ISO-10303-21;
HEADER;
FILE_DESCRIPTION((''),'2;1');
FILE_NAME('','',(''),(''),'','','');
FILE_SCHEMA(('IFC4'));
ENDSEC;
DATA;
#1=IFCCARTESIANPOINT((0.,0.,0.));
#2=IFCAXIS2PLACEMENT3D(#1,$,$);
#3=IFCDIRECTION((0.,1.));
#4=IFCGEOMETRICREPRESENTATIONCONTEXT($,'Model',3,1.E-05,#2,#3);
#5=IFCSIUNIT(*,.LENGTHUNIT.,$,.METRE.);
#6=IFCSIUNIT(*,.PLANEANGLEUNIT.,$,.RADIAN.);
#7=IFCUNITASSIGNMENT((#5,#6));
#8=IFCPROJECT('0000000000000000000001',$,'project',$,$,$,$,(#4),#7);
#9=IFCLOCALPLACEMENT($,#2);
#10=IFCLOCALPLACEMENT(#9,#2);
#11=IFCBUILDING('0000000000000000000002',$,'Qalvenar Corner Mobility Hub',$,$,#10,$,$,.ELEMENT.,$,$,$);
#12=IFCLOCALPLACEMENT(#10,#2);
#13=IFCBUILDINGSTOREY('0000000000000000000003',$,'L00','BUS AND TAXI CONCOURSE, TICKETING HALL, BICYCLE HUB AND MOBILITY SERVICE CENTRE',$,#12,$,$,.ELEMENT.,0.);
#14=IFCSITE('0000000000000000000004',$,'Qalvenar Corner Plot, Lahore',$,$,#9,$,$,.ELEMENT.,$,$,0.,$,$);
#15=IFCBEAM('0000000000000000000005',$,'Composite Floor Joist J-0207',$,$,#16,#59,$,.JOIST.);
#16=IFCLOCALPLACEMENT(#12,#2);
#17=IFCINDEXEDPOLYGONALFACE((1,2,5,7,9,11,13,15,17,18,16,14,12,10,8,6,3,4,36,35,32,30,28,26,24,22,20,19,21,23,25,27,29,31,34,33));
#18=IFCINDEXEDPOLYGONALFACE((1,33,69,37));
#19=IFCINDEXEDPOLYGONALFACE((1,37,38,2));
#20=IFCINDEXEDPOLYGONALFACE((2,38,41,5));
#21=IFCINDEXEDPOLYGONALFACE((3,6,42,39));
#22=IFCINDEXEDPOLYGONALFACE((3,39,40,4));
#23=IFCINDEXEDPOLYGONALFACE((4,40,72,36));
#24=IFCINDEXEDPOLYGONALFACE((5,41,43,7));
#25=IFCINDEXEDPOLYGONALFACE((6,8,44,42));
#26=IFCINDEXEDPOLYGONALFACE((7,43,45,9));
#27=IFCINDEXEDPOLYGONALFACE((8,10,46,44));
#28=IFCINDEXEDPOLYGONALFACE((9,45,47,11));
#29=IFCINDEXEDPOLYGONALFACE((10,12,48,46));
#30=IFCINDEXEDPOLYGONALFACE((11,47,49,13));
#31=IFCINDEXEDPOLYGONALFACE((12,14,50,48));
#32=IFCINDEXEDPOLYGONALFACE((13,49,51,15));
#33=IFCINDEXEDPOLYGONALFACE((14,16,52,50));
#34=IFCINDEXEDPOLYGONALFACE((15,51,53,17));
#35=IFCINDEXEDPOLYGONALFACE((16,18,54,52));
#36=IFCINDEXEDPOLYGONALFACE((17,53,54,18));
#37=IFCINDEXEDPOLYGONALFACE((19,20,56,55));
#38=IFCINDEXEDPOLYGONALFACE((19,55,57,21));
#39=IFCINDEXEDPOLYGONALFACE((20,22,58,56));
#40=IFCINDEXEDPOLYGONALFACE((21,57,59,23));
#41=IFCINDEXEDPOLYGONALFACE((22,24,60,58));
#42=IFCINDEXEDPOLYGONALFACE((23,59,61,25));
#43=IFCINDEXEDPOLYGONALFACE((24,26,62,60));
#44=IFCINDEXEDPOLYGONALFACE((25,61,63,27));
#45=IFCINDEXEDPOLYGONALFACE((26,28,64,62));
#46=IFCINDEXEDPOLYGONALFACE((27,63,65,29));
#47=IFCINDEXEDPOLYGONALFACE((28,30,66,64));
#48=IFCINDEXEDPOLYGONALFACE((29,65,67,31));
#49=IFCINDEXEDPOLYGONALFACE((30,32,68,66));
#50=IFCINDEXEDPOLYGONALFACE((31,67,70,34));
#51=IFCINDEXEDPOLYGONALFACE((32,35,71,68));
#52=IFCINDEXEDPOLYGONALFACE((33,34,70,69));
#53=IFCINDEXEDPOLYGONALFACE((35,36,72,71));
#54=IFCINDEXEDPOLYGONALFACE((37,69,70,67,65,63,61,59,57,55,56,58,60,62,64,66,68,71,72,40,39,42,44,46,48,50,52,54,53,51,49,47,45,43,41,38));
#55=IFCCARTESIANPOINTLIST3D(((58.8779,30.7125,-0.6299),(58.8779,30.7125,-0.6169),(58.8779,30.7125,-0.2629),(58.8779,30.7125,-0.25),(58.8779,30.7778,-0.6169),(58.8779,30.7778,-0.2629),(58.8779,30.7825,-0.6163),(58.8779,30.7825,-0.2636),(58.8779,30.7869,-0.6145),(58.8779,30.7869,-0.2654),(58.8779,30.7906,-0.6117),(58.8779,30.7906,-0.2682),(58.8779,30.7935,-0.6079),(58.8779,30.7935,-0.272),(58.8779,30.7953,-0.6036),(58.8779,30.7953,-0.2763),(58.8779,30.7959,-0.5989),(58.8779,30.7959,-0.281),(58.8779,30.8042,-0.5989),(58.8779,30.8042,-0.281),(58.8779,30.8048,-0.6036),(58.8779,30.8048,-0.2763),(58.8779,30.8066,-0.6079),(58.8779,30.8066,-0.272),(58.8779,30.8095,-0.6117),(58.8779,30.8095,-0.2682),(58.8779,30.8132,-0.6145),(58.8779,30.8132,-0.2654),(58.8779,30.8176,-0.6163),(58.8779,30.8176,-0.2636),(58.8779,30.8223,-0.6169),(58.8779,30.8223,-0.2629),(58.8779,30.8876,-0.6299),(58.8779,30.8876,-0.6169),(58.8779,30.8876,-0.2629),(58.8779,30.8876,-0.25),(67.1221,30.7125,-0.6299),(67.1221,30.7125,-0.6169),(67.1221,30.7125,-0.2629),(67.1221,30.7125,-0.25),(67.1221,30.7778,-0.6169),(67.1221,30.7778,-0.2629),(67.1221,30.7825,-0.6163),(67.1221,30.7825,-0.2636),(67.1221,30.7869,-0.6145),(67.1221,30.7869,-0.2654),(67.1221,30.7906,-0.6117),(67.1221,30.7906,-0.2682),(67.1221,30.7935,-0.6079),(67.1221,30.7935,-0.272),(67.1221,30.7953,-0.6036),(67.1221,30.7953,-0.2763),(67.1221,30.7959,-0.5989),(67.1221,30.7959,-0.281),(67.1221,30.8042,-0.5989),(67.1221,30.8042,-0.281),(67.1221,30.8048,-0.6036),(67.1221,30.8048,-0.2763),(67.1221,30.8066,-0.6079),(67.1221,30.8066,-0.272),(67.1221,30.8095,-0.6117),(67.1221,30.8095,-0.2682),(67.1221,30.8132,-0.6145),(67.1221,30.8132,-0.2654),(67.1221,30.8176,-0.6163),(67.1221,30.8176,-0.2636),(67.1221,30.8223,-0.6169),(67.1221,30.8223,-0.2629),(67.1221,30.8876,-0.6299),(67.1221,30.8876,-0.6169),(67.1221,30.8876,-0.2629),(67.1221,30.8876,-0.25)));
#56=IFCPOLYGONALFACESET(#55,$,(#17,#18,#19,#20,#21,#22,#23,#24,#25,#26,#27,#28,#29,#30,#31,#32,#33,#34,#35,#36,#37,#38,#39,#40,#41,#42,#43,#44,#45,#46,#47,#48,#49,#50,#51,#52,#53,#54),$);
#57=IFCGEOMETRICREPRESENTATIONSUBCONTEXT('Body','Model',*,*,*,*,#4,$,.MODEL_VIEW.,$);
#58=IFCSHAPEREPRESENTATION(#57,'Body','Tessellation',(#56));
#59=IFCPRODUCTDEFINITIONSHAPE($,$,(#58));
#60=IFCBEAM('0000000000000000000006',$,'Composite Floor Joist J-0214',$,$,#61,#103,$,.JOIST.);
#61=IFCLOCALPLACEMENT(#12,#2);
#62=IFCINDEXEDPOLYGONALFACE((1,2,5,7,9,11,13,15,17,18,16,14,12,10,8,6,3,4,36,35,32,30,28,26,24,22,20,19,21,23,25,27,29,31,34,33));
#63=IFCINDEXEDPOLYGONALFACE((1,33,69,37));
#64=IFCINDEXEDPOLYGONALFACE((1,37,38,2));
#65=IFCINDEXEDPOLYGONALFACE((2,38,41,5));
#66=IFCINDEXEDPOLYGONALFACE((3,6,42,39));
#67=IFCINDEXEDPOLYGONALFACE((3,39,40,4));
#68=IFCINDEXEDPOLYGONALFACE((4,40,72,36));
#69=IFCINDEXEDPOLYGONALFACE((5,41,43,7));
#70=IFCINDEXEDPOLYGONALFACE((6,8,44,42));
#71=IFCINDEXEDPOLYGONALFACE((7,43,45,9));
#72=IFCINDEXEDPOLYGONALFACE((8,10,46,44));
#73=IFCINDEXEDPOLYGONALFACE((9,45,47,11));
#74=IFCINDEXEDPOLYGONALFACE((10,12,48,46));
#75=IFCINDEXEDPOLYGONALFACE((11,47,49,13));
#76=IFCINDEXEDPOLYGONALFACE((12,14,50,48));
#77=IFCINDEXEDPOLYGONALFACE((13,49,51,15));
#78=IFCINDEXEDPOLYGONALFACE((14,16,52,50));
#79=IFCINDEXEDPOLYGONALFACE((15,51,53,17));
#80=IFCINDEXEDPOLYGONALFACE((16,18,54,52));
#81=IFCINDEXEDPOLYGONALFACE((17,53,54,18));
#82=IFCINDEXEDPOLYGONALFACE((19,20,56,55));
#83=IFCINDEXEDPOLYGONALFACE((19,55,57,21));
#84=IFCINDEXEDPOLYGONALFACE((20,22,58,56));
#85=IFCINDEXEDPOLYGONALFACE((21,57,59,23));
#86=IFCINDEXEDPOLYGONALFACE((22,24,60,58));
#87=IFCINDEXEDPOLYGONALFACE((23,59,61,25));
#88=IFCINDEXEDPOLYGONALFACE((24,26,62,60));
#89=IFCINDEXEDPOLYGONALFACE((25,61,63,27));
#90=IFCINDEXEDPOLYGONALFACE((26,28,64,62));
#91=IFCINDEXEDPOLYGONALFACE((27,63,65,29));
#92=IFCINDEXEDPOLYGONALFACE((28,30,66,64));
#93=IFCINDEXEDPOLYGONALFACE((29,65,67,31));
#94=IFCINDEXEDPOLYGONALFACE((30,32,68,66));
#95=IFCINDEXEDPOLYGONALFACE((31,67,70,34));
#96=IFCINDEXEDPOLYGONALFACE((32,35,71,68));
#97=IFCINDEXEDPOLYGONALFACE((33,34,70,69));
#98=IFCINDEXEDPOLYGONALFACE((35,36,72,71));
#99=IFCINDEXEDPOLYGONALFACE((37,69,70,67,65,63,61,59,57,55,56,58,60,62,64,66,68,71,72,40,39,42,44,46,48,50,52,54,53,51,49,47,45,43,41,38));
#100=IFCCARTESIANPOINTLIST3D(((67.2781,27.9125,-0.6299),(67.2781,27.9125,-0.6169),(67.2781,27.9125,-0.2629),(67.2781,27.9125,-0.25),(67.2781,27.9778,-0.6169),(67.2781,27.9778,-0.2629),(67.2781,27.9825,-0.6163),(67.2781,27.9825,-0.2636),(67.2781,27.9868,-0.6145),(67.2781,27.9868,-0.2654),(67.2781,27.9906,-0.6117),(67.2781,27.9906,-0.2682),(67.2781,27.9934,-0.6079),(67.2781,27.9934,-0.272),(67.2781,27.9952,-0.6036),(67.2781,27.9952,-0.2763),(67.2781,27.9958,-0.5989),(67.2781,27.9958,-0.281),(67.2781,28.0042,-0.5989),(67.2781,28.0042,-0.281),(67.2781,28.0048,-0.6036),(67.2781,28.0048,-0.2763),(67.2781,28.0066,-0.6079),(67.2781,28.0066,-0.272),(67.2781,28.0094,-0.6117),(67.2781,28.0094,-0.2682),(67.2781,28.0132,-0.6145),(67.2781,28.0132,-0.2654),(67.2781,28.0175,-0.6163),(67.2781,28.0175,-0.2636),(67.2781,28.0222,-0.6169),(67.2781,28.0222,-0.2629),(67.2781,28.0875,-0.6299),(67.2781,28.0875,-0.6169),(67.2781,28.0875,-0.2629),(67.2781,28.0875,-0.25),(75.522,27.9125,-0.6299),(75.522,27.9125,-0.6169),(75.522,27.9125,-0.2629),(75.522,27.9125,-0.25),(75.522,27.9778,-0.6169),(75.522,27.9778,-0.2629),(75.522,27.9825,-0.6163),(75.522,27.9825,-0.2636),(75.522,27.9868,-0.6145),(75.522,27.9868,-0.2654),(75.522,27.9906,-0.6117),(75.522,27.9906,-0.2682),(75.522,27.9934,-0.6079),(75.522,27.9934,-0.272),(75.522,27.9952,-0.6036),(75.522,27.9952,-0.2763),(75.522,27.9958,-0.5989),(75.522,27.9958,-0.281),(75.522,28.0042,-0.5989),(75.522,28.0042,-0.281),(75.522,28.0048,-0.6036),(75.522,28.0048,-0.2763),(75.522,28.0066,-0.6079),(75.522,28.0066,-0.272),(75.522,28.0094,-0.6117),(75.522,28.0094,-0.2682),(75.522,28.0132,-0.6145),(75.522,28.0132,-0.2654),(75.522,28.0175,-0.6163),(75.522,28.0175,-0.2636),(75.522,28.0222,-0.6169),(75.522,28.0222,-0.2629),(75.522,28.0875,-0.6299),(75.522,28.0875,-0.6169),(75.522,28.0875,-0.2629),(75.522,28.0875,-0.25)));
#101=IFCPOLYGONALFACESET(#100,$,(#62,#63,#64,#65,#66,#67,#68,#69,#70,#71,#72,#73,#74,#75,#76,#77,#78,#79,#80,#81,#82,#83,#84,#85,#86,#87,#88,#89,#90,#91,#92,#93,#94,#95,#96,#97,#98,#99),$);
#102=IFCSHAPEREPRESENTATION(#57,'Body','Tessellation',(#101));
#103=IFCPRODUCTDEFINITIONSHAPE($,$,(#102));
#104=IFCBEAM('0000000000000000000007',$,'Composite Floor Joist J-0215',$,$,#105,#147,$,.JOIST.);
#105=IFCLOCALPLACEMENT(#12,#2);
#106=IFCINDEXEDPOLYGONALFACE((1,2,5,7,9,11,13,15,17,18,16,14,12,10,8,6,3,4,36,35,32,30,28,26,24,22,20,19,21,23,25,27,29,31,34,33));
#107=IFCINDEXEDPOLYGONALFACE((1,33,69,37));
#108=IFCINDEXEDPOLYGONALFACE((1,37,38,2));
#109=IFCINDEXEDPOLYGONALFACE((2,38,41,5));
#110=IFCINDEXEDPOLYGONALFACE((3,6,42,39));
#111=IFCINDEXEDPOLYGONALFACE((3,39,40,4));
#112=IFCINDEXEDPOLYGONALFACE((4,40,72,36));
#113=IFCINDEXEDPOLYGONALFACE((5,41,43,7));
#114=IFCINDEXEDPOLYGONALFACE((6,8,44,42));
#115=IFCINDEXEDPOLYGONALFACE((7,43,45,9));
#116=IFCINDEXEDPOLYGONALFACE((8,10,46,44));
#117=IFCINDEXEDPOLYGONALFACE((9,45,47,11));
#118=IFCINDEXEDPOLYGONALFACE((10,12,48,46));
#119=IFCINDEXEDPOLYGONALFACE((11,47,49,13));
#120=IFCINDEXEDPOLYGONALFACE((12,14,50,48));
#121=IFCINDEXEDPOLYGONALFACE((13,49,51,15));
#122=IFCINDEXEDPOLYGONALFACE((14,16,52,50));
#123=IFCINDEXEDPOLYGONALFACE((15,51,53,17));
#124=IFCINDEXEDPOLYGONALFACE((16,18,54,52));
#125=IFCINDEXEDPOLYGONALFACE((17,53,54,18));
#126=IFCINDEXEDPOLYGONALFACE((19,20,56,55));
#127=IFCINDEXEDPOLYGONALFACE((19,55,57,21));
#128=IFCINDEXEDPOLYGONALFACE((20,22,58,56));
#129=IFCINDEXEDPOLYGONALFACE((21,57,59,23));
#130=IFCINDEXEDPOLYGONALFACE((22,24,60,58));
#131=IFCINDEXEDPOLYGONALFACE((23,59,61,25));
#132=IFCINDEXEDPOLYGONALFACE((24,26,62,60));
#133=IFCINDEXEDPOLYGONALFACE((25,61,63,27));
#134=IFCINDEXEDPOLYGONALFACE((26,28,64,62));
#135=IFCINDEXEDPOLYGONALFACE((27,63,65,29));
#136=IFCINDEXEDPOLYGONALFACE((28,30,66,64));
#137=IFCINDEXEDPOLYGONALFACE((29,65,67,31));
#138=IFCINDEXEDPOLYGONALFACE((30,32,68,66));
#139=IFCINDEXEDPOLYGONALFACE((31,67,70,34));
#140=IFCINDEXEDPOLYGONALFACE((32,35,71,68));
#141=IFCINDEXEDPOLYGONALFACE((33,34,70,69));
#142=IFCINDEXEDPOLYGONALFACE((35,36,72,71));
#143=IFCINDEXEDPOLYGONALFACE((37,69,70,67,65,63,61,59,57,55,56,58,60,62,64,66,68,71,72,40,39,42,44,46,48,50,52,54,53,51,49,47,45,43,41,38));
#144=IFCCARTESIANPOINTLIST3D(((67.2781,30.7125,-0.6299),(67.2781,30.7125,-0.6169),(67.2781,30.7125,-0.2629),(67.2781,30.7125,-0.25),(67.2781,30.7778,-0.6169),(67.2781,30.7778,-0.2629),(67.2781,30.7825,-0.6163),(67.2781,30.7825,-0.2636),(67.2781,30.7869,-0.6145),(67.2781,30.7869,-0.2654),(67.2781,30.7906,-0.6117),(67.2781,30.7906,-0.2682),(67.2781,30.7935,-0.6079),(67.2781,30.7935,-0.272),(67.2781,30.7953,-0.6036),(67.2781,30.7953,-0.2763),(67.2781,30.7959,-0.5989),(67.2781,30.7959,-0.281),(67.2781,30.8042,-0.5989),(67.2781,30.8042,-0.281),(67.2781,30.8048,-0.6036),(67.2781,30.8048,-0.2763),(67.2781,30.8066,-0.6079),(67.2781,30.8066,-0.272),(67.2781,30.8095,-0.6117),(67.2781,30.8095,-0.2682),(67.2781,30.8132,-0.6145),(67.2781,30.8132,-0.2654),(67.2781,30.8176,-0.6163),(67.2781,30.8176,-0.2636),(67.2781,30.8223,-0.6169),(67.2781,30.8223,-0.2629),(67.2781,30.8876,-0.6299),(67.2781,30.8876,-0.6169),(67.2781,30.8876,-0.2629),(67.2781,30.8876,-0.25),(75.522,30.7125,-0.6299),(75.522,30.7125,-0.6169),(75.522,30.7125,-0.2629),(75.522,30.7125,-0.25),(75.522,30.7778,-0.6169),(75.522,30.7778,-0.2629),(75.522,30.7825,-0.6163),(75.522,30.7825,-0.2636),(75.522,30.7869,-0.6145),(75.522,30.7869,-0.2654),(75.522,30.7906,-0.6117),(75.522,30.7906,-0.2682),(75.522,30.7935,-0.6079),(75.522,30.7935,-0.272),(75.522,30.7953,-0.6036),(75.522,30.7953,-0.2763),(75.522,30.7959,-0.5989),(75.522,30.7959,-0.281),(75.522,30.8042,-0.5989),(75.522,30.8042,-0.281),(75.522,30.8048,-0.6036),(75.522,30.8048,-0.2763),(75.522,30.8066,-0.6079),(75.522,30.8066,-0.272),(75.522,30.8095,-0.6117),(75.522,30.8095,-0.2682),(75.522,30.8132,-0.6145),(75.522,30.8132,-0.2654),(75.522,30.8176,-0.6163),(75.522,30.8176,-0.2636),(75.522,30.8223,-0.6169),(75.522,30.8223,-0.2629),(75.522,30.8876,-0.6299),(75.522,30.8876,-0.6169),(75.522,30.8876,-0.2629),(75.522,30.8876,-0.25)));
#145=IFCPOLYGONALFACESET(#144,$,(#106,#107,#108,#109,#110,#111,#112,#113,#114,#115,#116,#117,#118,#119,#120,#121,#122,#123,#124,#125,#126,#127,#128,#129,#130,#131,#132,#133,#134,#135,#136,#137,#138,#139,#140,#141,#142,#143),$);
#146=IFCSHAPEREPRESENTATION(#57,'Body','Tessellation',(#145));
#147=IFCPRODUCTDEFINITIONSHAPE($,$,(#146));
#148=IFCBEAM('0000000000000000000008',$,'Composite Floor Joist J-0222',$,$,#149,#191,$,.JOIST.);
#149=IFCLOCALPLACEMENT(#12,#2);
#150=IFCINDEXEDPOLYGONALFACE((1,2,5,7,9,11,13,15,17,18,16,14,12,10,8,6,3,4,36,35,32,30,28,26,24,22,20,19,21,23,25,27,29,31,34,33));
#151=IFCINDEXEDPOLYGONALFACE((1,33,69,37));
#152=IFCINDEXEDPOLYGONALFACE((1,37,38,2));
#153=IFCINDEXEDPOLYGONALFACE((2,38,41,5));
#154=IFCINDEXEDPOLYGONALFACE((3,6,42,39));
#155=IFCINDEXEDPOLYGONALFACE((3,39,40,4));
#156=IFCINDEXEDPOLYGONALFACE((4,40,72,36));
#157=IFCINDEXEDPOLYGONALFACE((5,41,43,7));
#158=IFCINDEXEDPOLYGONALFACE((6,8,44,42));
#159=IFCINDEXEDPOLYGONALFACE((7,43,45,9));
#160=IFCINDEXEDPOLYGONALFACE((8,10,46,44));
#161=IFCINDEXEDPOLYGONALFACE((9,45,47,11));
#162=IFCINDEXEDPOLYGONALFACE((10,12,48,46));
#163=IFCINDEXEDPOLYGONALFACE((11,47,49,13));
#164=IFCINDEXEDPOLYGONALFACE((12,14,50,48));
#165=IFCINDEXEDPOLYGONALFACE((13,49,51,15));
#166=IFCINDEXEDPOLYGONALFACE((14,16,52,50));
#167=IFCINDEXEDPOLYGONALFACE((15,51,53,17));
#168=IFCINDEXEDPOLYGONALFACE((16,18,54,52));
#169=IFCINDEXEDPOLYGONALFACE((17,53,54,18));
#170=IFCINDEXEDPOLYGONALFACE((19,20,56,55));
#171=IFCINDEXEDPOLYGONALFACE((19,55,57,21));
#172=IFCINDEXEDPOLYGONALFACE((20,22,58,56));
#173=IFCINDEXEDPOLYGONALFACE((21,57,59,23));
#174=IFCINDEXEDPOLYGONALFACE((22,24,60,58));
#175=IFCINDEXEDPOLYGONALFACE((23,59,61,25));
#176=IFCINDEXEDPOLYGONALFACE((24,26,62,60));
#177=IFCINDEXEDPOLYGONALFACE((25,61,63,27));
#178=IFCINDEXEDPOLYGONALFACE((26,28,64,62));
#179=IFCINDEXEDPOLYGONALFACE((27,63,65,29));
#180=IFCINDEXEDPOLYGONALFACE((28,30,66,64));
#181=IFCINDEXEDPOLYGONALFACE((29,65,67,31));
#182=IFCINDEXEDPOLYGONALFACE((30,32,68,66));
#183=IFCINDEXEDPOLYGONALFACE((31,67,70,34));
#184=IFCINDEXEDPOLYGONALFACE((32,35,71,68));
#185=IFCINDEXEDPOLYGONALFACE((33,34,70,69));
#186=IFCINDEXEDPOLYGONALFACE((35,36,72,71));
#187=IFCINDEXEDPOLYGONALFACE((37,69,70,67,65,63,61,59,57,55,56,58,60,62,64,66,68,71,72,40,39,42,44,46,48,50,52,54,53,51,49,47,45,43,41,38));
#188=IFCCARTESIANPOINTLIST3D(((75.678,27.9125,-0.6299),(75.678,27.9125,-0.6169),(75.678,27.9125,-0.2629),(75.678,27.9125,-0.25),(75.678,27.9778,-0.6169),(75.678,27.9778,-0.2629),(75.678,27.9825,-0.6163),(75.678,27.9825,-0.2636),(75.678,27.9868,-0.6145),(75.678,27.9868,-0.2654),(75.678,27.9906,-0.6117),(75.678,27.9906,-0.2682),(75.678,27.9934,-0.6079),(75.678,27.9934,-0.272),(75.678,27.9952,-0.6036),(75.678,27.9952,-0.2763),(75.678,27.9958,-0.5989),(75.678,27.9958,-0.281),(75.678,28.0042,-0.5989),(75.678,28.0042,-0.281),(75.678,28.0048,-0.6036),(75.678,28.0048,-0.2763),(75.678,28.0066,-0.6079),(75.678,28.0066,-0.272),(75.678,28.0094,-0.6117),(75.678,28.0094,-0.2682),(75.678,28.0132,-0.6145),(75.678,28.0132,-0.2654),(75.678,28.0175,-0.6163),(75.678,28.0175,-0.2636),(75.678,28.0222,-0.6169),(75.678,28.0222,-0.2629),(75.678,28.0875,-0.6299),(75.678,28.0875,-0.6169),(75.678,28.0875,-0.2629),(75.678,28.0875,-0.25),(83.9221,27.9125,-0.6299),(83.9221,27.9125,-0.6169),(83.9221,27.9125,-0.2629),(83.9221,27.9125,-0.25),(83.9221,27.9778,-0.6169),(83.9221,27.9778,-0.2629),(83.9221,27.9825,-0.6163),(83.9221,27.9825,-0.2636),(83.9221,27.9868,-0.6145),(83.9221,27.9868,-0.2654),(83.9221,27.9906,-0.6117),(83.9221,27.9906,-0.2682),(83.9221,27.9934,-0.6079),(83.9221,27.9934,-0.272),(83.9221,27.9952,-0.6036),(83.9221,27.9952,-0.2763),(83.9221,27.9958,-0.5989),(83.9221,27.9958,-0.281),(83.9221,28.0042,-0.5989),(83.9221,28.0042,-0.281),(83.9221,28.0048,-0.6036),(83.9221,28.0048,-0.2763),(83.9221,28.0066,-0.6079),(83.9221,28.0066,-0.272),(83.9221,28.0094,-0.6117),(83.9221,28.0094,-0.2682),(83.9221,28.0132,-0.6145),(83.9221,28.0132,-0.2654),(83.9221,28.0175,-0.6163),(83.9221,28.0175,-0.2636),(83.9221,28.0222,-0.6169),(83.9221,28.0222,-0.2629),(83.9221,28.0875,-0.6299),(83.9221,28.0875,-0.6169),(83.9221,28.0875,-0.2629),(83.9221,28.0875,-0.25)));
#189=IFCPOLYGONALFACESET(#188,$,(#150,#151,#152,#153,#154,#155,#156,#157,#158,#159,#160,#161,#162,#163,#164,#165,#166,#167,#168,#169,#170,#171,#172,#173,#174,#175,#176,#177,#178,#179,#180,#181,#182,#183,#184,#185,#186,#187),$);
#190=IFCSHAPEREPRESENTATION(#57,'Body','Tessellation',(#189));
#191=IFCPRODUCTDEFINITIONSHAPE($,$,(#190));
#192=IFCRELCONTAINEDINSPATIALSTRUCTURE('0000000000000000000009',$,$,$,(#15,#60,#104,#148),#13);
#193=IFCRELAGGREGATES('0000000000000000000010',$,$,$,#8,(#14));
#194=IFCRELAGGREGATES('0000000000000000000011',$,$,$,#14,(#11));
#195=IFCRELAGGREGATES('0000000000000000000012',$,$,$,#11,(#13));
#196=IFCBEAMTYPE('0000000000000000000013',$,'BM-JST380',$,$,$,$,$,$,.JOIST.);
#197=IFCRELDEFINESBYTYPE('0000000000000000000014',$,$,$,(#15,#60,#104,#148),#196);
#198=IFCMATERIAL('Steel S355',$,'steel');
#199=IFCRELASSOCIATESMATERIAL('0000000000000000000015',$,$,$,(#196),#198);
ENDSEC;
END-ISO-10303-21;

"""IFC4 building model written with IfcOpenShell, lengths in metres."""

from ifc_helpers import new_model, si_unit, direction, frame, origin, origin_2d, place, context, subcontext, project, spatial, i_section, extrude, material, material_profile, profile_set, type_object, element, save


model = new_model("IFC4")

# Units and contexts
model_context = context("Model", 3, precision=1e-05, world=origin(), true_north=direction((0.0, 1.0)))
body_context = subcontext(model_context, "Body", "Model", "MODEL_VIEW")
ifc_project = project(units=[si_unit("LENGTHUNIT", "METRE"), si_unit("PLANEANGLEUNIT", "RADIAN")], contexts=[model_context])

# Site, building, storey
site_placement = place(None, origin())
site = spatial("IfcSite", under=ifc_project, at=site_placement, Name="Qalvenar Corner Plot, Lahore", CompositionType="ELEMENT", RefElevation=0.0)
building_placement = place(site_placement, origin())
building = spatial("IfcBuilding", under=site, at=building_placement, Name="Qalvenar Corner Mobility Hub", CompositionType="ELEMENT")
storey_placement = place(building_placement, origin())
storey = spatial("IfcBuildingStorey", under=building, at=storey_placement, Name="L00", Description="BUS AND TAXI CONCOURSE, TICKETING HALL, BICYCLE HUB AND MOBILITY SERVICE CENTRE", CompositionType="ELEMENT", Elevation=0.0)

# Shared definitions
ifc_material_1 = material(Name="Steel S355", Category="steel")

# Beams
ifc_material_profile_1 = material_profile(ifc_material_1, i_section(OverallWidth=0.175, OverallDepth=0.3799, WebThickness=0.0083, FlangeThickness=0.0129, FilletRadius=0.0181, at=origin_2d()), Name="IPE380-EQ")
ifc_profile_set_1 = profile_set([ifc_material_profile_1], Name="Steel S355")
beam_type_1 = type_object("IfcBeamType", Name="BM-JST380", PredefinedType="JOIST", material=ifc_profile_set_1)
for number, where, z_axis, x_axis, name in (
    (1, (58.8779, 30.8, -0.4399), (1.0, 0.0, 0.0), (0.0, 1.0, 0.0), "Composite Floor Joist J-0207"),
):
    element("IfcBeam", number, at=place(storey_placement, frame(where, z_axis=z_axis, x_axis=x_axis)), inside=storey, type_object=beam_type_1, Name=name, PredefinedType="JOIST", context=body_context, shape_type="SweptSolid", body=[
        extrude(i_section(OverallWidth=0.175, OverallDepth=0.3799, WebThickness=0.0083, FlangeThickness=0.0129, FilletRadius=0.0181, at=origin_2d()), origin(), (0.0, 0.0, 1.0), 8.2441),
    ])
for number, where, z_axis, x_axis, name in (
    (2, (67.2781, 28.0, -0.4399), (1.0, 0.0, 0.0), (0.0, 1.0, 0.0), "Composite Floor Joist J-0214"),
    (3, (67.2781, 30.8, -0.4399), (1.0, 0.0, 0.0), (0.0, 1.0, 0.0), "Composite Floor Joist J-0215"),
):
    element("IfcBeam", number, at=place(storey_placement, frame(where, z_axis=z_axis, x_axis=x_axis)), inside=storey, type_object=beam_type_1, Name=name, PredefinedType="JOIST", context=body_context, shape_type="SweptSolid", body=[
        extrude(i_section(OverallWidth=0.175, OverallDepth=0.3799, WebThickness=0.0083, FlangeThickness=0.0129, FilletRadius=0.0181, at=origin_2d()), origin(), (0.0, 0.0, 1.0), 8.2439),
    ])
for number, where, z_axis, x_axis, name in (
    (4, (75.678, 28.0, -0.4399), (1.0, 0.0, 0.0), (0.0, 1.0, 0.0), "Composite Floor Joist J-0222"),
):
    element("IfcBeam", number, at=place(storey_placement, frame(where, z_axis=z_axis, x_axis=x_axis)), inside=storey, type_object=beam_type_1, Name=name, PredefinedType="JOIST", context=body_context, shape_type="SweptSolid", body=[
        extrude(i_section(OverallWidth=0.175, OverallDepth=0.3799, WebThickness=0.0083, FlangeThickness=0.0129, FilletRadius=0.0181, at=origin_2d()), origin(), (0.0, 0.0, 1.0), 8.2441),
    ])

save(model, "model.ifc")
